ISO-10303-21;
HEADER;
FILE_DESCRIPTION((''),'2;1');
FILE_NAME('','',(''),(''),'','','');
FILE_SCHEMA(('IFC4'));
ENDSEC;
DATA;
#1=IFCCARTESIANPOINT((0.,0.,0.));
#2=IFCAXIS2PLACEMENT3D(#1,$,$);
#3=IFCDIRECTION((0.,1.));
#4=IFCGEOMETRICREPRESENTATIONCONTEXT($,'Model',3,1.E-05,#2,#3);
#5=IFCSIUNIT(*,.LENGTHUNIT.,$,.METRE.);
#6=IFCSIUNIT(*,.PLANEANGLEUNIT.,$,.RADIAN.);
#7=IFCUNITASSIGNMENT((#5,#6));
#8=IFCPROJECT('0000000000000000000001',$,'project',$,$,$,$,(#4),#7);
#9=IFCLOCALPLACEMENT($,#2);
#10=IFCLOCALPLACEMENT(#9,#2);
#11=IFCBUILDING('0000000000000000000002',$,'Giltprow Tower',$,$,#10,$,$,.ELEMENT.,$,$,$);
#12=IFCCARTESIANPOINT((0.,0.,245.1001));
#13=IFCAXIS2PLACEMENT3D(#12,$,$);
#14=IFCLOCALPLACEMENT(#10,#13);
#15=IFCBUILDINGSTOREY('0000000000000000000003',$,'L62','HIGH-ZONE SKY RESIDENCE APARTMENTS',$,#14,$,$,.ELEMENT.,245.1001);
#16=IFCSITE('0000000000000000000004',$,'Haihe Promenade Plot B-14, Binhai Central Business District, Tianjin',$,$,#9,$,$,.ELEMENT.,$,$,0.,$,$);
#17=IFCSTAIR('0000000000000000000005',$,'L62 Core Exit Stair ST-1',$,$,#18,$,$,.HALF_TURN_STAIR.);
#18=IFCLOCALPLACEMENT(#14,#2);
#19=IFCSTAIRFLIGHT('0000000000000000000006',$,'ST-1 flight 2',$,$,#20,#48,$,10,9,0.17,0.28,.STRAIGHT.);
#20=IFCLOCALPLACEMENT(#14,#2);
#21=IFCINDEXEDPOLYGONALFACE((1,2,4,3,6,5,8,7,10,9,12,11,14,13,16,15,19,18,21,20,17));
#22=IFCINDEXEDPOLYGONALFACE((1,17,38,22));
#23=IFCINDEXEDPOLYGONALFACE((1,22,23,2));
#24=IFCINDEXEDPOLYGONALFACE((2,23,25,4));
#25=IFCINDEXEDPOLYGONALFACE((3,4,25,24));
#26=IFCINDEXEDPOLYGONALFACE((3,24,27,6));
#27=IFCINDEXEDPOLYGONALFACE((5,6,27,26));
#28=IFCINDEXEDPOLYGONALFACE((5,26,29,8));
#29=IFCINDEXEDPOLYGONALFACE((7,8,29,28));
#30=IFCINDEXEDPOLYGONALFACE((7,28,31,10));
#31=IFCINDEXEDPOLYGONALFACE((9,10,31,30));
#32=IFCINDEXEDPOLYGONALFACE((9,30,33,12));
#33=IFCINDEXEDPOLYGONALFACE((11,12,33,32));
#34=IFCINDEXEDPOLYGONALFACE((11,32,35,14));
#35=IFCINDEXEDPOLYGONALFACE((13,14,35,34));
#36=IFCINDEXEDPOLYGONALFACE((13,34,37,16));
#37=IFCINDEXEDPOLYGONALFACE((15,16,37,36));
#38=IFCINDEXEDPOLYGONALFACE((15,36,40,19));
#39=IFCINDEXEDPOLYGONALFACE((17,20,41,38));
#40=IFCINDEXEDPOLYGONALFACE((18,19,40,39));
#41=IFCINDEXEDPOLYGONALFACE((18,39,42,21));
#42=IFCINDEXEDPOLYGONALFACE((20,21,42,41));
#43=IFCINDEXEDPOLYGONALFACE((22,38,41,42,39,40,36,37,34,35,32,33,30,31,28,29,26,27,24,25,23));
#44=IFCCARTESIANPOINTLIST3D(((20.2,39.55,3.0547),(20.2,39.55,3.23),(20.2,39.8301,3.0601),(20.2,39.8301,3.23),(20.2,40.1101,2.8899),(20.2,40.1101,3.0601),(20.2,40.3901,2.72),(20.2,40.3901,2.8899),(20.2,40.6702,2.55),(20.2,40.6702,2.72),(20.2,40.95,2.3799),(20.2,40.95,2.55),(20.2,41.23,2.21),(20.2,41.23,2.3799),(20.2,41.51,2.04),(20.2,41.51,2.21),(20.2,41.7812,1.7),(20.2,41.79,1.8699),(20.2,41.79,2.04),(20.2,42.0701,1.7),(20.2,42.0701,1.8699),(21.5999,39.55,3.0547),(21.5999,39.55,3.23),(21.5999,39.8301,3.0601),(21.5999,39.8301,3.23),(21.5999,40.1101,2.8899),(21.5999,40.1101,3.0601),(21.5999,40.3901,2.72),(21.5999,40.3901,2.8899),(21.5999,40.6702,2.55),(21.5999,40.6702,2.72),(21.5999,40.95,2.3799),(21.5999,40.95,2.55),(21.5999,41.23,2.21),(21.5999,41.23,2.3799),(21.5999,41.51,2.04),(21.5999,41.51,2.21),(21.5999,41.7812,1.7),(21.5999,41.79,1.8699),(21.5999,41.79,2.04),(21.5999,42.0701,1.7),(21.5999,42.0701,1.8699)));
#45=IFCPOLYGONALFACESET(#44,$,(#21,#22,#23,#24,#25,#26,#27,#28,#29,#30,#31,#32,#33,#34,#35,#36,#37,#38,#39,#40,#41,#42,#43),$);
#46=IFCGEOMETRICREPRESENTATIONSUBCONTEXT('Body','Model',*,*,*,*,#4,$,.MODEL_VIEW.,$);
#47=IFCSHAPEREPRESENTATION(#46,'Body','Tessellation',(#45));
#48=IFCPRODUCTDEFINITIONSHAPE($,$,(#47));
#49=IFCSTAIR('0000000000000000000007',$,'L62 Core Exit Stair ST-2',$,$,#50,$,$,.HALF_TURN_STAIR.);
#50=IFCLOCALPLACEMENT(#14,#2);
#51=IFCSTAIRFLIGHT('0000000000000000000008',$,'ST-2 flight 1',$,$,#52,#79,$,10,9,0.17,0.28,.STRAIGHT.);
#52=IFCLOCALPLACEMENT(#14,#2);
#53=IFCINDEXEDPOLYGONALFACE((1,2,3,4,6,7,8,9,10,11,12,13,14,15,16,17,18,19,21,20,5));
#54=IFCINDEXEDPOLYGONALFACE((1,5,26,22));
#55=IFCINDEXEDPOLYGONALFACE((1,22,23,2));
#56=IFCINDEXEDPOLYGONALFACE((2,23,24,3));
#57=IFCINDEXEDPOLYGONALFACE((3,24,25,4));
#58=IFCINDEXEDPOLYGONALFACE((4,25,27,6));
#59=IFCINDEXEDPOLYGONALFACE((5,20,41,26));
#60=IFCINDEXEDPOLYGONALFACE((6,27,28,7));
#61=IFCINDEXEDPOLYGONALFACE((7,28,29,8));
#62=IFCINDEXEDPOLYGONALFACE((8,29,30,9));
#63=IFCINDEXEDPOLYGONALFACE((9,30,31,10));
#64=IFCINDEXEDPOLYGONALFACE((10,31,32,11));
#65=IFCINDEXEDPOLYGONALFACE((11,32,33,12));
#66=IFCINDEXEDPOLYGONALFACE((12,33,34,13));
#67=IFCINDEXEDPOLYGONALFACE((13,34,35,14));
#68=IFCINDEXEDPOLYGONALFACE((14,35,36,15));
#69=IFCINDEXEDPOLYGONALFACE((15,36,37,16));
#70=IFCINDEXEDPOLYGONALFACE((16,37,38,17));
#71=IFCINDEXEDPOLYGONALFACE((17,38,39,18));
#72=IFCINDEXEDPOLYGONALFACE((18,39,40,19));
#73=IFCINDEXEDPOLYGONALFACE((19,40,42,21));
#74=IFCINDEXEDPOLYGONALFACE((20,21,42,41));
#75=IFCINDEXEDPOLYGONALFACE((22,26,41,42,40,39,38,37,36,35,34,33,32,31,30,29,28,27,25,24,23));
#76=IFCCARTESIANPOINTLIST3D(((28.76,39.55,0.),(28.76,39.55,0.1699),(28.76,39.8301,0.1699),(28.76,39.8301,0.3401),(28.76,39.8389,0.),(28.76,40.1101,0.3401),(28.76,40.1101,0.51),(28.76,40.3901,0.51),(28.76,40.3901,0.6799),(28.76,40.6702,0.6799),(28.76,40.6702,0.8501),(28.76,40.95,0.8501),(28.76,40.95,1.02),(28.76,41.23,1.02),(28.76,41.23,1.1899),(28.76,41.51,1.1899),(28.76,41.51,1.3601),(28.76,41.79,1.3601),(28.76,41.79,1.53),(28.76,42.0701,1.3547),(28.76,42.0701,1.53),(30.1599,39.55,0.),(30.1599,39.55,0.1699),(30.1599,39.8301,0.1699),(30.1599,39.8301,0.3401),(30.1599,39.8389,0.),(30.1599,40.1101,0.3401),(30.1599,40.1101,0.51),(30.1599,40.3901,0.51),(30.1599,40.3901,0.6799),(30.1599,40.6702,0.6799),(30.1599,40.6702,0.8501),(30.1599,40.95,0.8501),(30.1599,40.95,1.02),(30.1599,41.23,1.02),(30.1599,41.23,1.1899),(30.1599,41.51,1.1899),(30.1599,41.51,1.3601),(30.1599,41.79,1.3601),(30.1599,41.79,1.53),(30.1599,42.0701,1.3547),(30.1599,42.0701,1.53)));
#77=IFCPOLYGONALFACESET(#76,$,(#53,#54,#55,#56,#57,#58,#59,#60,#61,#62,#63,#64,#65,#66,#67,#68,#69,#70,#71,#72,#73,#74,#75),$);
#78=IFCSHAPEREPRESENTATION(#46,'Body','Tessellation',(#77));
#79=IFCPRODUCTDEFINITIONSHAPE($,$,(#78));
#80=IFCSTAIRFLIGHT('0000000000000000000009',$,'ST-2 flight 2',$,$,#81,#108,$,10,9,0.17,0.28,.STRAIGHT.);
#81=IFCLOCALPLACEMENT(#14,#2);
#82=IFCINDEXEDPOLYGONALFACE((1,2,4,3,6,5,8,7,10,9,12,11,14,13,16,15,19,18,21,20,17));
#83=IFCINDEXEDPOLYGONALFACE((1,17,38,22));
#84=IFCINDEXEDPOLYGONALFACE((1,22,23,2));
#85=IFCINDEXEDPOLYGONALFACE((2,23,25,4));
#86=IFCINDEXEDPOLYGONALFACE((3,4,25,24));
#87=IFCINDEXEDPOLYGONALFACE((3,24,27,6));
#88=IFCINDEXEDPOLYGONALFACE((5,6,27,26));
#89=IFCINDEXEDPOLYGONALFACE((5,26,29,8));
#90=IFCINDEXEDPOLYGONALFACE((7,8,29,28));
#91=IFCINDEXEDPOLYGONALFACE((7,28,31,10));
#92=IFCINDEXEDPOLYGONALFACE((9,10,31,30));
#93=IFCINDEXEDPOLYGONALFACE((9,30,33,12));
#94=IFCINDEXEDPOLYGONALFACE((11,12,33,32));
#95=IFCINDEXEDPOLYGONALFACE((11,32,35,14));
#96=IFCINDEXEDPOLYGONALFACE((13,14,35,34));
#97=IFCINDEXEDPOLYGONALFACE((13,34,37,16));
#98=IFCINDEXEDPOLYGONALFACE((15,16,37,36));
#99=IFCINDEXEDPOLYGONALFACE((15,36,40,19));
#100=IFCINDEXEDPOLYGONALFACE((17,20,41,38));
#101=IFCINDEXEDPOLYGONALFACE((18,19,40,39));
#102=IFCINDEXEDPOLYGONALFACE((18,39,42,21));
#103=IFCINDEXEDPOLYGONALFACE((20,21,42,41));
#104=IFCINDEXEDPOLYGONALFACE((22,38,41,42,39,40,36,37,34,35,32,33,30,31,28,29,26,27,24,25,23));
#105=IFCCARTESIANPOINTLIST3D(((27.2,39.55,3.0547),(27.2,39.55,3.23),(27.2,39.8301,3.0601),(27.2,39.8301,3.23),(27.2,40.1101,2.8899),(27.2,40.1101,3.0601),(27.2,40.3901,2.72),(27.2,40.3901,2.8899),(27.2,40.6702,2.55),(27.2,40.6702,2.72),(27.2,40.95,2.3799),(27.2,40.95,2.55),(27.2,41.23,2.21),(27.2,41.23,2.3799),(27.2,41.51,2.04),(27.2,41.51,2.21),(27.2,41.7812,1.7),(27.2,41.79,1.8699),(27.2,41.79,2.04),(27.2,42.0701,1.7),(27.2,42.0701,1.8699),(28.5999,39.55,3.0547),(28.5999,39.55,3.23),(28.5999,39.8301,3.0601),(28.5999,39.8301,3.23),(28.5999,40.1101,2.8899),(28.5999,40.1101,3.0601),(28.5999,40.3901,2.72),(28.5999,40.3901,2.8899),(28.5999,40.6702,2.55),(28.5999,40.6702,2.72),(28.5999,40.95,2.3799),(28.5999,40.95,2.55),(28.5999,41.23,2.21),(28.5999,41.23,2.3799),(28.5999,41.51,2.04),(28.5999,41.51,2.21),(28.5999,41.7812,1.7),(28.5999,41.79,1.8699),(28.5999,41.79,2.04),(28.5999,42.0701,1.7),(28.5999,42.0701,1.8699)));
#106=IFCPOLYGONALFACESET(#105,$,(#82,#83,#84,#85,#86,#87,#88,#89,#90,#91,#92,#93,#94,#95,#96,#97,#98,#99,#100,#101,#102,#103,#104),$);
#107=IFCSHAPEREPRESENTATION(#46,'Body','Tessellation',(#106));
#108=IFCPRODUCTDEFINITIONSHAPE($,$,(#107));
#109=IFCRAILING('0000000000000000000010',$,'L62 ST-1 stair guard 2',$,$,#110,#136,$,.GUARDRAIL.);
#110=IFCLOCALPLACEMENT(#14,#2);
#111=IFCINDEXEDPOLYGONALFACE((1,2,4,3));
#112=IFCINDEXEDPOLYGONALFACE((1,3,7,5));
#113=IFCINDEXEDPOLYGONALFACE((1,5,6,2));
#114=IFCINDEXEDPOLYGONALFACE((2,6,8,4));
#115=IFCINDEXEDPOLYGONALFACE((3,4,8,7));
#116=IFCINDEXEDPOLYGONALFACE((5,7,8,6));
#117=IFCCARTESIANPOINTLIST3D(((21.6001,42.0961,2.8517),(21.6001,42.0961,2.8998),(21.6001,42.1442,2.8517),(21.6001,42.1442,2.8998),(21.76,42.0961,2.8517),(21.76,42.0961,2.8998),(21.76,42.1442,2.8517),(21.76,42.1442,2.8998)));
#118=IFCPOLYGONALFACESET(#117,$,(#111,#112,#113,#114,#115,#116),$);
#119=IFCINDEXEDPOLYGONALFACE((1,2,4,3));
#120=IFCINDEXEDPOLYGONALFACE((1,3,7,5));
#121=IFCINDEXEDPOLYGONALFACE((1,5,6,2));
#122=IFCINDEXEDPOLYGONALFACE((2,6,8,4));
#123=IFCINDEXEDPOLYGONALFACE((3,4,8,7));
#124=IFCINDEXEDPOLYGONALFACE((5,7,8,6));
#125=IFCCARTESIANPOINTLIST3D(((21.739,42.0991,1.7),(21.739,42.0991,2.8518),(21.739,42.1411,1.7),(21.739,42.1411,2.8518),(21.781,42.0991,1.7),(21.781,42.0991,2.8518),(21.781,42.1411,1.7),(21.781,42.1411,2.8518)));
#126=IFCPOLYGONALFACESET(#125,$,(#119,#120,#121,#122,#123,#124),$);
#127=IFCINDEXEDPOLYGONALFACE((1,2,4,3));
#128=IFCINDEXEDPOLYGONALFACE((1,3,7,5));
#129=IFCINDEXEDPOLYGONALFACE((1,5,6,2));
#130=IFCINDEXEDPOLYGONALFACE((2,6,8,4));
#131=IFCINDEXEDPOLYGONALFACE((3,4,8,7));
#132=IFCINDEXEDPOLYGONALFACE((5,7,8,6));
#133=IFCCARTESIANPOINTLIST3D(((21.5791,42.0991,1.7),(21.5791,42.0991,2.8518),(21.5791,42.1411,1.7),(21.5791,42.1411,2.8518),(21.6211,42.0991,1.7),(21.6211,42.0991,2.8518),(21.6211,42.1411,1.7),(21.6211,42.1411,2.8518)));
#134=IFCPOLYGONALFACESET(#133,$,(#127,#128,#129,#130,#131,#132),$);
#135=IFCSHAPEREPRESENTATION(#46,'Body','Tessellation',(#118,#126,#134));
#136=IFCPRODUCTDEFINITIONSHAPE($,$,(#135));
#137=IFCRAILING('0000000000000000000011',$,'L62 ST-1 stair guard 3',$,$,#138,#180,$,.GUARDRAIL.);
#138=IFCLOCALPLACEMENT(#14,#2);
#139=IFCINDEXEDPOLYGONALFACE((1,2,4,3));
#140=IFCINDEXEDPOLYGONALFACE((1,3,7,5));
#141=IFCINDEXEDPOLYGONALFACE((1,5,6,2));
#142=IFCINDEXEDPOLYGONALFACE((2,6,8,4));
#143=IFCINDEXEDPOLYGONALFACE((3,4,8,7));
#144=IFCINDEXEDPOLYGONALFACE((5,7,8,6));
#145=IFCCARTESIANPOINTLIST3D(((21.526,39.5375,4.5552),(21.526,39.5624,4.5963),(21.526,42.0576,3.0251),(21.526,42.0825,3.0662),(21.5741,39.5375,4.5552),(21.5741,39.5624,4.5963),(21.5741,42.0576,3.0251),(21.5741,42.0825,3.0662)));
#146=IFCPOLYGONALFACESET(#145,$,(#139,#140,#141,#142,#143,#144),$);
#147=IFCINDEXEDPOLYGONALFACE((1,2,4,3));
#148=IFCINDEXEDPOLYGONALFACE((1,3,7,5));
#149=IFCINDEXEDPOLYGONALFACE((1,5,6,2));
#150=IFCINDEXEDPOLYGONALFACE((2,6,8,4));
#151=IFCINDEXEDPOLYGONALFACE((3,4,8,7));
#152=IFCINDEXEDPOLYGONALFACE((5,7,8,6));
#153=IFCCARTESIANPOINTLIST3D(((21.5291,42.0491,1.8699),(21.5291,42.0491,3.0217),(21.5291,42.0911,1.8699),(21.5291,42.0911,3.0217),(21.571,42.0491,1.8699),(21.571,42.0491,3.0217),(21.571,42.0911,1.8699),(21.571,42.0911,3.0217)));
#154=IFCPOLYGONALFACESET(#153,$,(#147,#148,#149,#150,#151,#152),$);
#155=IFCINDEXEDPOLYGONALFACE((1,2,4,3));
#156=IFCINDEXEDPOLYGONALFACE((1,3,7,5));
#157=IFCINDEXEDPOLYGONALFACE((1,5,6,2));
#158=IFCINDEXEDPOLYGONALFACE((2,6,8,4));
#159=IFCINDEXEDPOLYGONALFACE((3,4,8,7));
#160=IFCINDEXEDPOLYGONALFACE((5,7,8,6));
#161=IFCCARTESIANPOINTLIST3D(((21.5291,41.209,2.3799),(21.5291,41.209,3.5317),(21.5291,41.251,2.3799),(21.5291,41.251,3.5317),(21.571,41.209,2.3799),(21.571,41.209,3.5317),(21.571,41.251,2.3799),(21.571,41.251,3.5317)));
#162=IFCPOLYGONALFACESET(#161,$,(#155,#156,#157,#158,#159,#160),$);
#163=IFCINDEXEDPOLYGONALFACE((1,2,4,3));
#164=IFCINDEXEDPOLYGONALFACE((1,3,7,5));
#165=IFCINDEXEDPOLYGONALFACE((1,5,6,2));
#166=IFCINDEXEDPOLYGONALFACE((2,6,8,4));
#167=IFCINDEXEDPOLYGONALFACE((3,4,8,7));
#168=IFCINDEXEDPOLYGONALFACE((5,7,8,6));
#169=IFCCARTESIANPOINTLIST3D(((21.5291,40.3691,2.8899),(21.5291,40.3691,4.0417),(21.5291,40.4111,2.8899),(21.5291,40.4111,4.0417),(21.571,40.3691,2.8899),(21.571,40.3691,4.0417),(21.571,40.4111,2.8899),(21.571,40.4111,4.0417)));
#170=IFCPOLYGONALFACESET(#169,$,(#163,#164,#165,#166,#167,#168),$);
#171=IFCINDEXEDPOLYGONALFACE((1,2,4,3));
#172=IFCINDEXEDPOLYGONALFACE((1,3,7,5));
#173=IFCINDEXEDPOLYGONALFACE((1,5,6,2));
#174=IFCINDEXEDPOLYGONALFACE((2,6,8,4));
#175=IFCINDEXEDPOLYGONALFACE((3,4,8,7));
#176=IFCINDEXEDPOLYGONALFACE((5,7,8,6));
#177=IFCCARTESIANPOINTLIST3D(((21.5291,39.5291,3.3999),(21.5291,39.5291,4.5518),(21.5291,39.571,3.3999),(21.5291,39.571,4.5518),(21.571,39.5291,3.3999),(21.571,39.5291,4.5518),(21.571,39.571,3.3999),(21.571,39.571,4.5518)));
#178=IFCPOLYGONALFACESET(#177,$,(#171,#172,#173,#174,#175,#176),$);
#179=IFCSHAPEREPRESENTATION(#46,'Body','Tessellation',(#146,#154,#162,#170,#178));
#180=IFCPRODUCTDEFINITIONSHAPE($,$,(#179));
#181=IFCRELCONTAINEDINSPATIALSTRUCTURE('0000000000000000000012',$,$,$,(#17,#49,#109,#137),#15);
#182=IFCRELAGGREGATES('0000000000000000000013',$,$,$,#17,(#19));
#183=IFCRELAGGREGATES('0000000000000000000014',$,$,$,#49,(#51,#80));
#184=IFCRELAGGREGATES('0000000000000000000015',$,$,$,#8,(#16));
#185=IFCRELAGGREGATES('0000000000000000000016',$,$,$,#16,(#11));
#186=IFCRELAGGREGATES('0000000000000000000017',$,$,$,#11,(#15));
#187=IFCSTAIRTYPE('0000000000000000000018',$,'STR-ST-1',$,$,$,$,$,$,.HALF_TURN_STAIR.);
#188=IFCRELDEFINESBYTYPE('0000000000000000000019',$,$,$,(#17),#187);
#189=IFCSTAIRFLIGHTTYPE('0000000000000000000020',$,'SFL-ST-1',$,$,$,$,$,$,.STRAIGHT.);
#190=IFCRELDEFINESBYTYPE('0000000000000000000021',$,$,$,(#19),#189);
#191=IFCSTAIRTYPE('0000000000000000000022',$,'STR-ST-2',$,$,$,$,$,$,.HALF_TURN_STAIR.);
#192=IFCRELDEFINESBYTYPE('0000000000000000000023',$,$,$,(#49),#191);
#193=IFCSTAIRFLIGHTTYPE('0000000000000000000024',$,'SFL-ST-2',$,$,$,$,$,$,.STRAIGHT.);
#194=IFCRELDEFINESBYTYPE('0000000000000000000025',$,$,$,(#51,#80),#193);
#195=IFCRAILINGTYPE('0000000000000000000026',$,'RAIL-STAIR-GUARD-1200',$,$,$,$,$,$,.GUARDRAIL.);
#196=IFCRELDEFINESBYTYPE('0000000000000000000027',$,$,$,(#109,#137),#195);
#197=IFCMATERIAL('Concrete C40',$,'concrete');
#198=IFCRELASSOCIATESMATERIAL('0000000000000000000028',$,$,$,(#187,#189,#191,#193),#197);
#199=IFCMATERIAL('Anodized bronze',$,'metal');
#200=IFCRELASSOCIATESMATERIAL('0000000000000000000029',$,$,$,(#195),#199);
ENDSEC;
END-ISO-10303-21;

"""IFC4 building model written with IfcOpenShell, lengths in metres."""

from ifc_helpers import new_model, si_unit, direction, frame, origin, origin_2d, place, context, subcontext, project, spatial, polyline, rectangle, outline, extrude, material, type_object, element, aggregate, save


model = new_model("IFC4")

# Units and contexts
model_context = context("Model", 3, precision=1e-05, world=origin(), true_north=direction((0.0, 1.0)))
body_context = subcontext(model_context, "Body", "Model", "MODEL_VIEW")
ifc_project = project(units=[si_unit("LENGTHUNIT", "METRE"), si_unit("PLANEANGLEUNIT", "RADIAN")], contexts=[model_context])

# Site, building, storey
site_placement = place(None, origin())
site = spatial("IfcSite", under=ifc_project, at=site_placement, Name="Haihe Promenade Plot B-14, Binhai Central Business District, Tianjin", CompositionType="ELEMENT", RefElevation=0.0)
building_placement = place(site_placement, origin())
building = spatial("IfcBuilding", under=site, at=building_placement, Name="Giltprow Tower", CompositionType="ELEMENT")
storey_placement = place(building_placement, frame((0.0, 0.0, 245.1001)))
storey = spatial("IfcBuildingStorey", under=building, at=storey_placement, Name="L62", Description="HIGH-ZONE SKY RESIDENCE APARTMENTS", CompositionType="ELEMENT", Elevation=245.1001)

# Shared definitions
ifc_material_1 = material(Name="Concrete C40", Category="concrete")

# Stair, stair flight
stair_type_1 = type_object("IfcStairType", Name="STR-ST-1", PredefinedType="HALF_TURN_STAIR", material=ifc_material_1)
stair_1_placement = place(storey_placement, origin())
stair_1 = element("IfcStair", 1, at=stair_1_placement, inside=storey, type_object=stair_type_1, Name="L62 Core Exit Stair ST-1", PredefinedType="HALF_TURN_STAIR")
stair_flight_type_1 = type_object("IfcStairFlightType", Name="SFL-ST-1", PredefinedType="STRAIGHT", material=ifc_material_1)
stair_flight_1_placement = place(storey_placement, frame((20.8999, 42.0701, 1.7), z_axis=(0.0, 0.0, 1.0), x_axis=(0.0, -1.0, 0.0)))
stair_flight_1 = element("IfcStairFlight", 2, at=stair_flight_1_placement, type_object=stair_flight_type_1, Name="ST-1 flight 2", NumberOfRisers=10, NumberOfTreads=9, PredefinedType="STRAIGHT", RiserHeight=0.17, TreadLength=0.28, context=body_context, shape_type="SweptSolid", body=[
    extrude(outline(polyline([(0.0, 0.0), (0.0, 0.1699), (0.28, 0.1699), (0.28, 0.3401), (0.5601, 0.3401), (0.5601, 0.51), (0.8401, 0.51), (0.8401, 0.6799), (1.1201, 0.6799), (1.1201, 0.8501), (1.3999, 0.8501), (1.3999, 1.02), (1.6799, 1.02), (1.6799, 1.1899), (1.96, 1.1899), (1.96, 1.3601), (2.24, 1.3601), (2.24, 1.53), (2.52, 1.53), (2.52, 1.7), (2.52, 1.3547), (0.2888, 0.0), (0.0, 0.0)])), frame((0.0, 0.7, 0.0), z_axis=(0.0, -1.0, 0.0), x_axis=(1.0, 0.0, 0.0)), (0.0, 0.0, 1.0), 1.3999),
])
aggregate(stair_1, [stair_flight_1])

# Stair, stair flights
stair_type_2 = type_object("IfcStairType", Name="STR-ST-2", PredefinedType="HALF_TURN_STAIR", material=ifc_material_1)
stair_2_placement = place(storey_placement, origin())
stair_2 = element("IfcStair", 3, at=stair_2_placement, inside=storey, type_object=stair_type_2, Name="L62 Core Exit Stair ST-2", PredefinedType="HALF_TURN_STAIR")
stair_flight_type_2 = type_object("IfcStairFlightType", Name="SFL-ST-2", PredefinedType="STRAIGHT", material=ifc_material_1)
stair_flight_2_placement = place(storey_placement, frame((29.46, 39.55, 0.0), z_axis=(0.0, 0.0, 1.0), x_axis=(0.0, 1.0, 0.0)))
stair_flight_2 = element("IfcStairFlight", 4, at=stair_flight_2_placement, type_object=stair_flight_type_2, Name="ST-2 flight 1", NumberOfRisers=10, NumberOfTreads=9, PredefinedType="STRAIGHT", RiserHeight=0.17, TreadLength=0.28, context=body_context, shape_type="SweptSolid", body=[
    extrude(outline(polyline([(0.0, 0.0), (0.0, 0.1699), (0.28, 0.1699), (0.28, 0.3401), (0.5601, 0.3401), (0.5601, 0.51), (0.8401, 0.51), (0.8401, 0.6799), (1.1201, 0.6799), (1.1201, 0.8501), (1.3999, 0.8501), (1.3999, 1.02), (1.6799, 1.02), (1.6799, 1.1899), (1.96, 1.1899), (1.96, 1.3601), (2.24, 1.3601), (2.24, 1.53), (2.52, 1.53), (2.52, 1.7), (2.52, 1.3547), (0.2888, 0.0), (0.0, 0.0)])), frame((0.0, 0.7, 0.0), z_axis=(0.0, -1.0, 0.0), x_axis=(1.0, 0.0, 0.0)), (0.0, 0.0, 1.0), 1.3999),
])
stair_flight_3_placement = place(storey_placement, frame((27.8999, 42.0701, 1.7), z_axis=(0.0, 0.0, 1.0), x_axis=(0.0, -1.0, 0.0)))
stair_flight_3 = element("IfcStairFlight", 5, at=stair_flight_3_placement, type_object=stair_flight_type_2, Name="ST-2 flight 2", NumberOfRisers=10, NumberOfTreads=9, PredefinedType="STRAIGHT", RiserHeight=0.17, TreadLength=0.28, context=body_context, shape_type="SweptSolid", body=[
    extrude(outline(polyline([(0.0, 0.0), (0.0, 0.1699), (0.28, 0.1699), (0.28, 0.3401), (0.5601, 0.3401), (0.5601, 0.51), (0.8401, 0.51), (0.8401, 0.6799), (1.1201, 0.6799), (1.1201, 0.8501), (1.3999, 0.8501), (1.3999, 1.02), (1.6799, 1.02), (1.6799, 1.1899), (1.96, 1.1899), (1.96, 1.3601), (2.24, 1.3601), (2.24, 1.53), (2.52, 1.53), (2.52, 1.7), (2.52, 1.3547), (0.2888, 0.0), (0.0, 0.0)])), frame((0.0, 0.7, 0.0), z_axis=(0.0, -1.0, 0.0), x_axis=(1.0, 0.0, 0.0)), (0.0, 0.0, 1.0), 1.3999),
])
aggregate(stair_2, [stair_flight_2, stair_flight_3])

# Railings
ifc_material_2 = material(Name="Anodized bronze", Category="metal")
railing_type_1 = type_object("IfcRailingType", Name="RAIL-STAIR-GUARD-1200", PredefinedType="GUARDRAIL", material=ifc_material_2)
railing_1_placement = place(storey_placement, frame((21.76, 42.1201, 1.7)))
element("IfcRailing", 6, at=railing_1_placement, inside=storey, type_object=railing_type_1, Name="L62 ST-1 stair guard 2", PredefinedType="GUARDRAIL", context=body_context, shape_type="SweptSolid", body=[
    extrude(rectangle(XDim=0.0481, YDim=0.0481, at=origin_2d()), frame((0.0, 0.0, 1.1758), z_axis=(-1.0, 0.0, 0.0), x_axis=(0.0, -1.0, 0.0)), (0.0, 0.0, 1.0), 0.1599),
    extrude(rectangle(XDim=0.042, YDim=0.042, at=origin_2d()), origin(), (0.0, 0.0, 1.0), 1.1519),
    extrude(rectangle(XDim=0.042, YDim=0.042, at=origin_2d()), frame((-0.1599, 0.0, 0.0)), (0.0, 0.0, 1.0), 1.1519),
])
railing_2_placement = place(storey_placement, frame((21.55, 42.0701, 1.8699)))
element("IfcRailing", 7, at=railing_2_placement, inside=storey, type_object=railing_type_1, Name="L62 ST-1 stair guard 3", PredefinedType="GUARDRAIL", context=body_context, shape_type="SweptSolid", body=[
    extrude(rectangle(XDim=0.0481, YDim=0.0481, at=origin_2d()), frame((0.0, 0.0, 1.1758), z_axis=(0.0, -0.854785, 0.518982), x_axis=(1.0, 0.0, 0.0)), (0.0, 0.0, 1.0), 2.9482),
    extrude(rectangle(XDim=0.042, YDim=0.042, at=origin_2d()), origin(), (0.0, 0.0, 1.0), 1.1519),
    extrude(rectangle(XDim=0.042, YDim=0.042, at=origin_2d()), frame((0.0, -0.8401, 0.51)), (0.0, 0.0, 1.0), 1.1519),
    extrude(rectangle(XDim=0.042, YDim=0.042, at=origin_2d()), frame((0.0, -1.6799, 1.02)), (0.0, 0.0, 1.0), 1.1519),
    extrude(rectangle(XDim=0.042, YDim=0.042, at=origin_2d()), frame((0.0, -2.52, 1.53)), (0.0, 0.0, 1.0), 1.1519),
])

save(model, "model.ifc")
